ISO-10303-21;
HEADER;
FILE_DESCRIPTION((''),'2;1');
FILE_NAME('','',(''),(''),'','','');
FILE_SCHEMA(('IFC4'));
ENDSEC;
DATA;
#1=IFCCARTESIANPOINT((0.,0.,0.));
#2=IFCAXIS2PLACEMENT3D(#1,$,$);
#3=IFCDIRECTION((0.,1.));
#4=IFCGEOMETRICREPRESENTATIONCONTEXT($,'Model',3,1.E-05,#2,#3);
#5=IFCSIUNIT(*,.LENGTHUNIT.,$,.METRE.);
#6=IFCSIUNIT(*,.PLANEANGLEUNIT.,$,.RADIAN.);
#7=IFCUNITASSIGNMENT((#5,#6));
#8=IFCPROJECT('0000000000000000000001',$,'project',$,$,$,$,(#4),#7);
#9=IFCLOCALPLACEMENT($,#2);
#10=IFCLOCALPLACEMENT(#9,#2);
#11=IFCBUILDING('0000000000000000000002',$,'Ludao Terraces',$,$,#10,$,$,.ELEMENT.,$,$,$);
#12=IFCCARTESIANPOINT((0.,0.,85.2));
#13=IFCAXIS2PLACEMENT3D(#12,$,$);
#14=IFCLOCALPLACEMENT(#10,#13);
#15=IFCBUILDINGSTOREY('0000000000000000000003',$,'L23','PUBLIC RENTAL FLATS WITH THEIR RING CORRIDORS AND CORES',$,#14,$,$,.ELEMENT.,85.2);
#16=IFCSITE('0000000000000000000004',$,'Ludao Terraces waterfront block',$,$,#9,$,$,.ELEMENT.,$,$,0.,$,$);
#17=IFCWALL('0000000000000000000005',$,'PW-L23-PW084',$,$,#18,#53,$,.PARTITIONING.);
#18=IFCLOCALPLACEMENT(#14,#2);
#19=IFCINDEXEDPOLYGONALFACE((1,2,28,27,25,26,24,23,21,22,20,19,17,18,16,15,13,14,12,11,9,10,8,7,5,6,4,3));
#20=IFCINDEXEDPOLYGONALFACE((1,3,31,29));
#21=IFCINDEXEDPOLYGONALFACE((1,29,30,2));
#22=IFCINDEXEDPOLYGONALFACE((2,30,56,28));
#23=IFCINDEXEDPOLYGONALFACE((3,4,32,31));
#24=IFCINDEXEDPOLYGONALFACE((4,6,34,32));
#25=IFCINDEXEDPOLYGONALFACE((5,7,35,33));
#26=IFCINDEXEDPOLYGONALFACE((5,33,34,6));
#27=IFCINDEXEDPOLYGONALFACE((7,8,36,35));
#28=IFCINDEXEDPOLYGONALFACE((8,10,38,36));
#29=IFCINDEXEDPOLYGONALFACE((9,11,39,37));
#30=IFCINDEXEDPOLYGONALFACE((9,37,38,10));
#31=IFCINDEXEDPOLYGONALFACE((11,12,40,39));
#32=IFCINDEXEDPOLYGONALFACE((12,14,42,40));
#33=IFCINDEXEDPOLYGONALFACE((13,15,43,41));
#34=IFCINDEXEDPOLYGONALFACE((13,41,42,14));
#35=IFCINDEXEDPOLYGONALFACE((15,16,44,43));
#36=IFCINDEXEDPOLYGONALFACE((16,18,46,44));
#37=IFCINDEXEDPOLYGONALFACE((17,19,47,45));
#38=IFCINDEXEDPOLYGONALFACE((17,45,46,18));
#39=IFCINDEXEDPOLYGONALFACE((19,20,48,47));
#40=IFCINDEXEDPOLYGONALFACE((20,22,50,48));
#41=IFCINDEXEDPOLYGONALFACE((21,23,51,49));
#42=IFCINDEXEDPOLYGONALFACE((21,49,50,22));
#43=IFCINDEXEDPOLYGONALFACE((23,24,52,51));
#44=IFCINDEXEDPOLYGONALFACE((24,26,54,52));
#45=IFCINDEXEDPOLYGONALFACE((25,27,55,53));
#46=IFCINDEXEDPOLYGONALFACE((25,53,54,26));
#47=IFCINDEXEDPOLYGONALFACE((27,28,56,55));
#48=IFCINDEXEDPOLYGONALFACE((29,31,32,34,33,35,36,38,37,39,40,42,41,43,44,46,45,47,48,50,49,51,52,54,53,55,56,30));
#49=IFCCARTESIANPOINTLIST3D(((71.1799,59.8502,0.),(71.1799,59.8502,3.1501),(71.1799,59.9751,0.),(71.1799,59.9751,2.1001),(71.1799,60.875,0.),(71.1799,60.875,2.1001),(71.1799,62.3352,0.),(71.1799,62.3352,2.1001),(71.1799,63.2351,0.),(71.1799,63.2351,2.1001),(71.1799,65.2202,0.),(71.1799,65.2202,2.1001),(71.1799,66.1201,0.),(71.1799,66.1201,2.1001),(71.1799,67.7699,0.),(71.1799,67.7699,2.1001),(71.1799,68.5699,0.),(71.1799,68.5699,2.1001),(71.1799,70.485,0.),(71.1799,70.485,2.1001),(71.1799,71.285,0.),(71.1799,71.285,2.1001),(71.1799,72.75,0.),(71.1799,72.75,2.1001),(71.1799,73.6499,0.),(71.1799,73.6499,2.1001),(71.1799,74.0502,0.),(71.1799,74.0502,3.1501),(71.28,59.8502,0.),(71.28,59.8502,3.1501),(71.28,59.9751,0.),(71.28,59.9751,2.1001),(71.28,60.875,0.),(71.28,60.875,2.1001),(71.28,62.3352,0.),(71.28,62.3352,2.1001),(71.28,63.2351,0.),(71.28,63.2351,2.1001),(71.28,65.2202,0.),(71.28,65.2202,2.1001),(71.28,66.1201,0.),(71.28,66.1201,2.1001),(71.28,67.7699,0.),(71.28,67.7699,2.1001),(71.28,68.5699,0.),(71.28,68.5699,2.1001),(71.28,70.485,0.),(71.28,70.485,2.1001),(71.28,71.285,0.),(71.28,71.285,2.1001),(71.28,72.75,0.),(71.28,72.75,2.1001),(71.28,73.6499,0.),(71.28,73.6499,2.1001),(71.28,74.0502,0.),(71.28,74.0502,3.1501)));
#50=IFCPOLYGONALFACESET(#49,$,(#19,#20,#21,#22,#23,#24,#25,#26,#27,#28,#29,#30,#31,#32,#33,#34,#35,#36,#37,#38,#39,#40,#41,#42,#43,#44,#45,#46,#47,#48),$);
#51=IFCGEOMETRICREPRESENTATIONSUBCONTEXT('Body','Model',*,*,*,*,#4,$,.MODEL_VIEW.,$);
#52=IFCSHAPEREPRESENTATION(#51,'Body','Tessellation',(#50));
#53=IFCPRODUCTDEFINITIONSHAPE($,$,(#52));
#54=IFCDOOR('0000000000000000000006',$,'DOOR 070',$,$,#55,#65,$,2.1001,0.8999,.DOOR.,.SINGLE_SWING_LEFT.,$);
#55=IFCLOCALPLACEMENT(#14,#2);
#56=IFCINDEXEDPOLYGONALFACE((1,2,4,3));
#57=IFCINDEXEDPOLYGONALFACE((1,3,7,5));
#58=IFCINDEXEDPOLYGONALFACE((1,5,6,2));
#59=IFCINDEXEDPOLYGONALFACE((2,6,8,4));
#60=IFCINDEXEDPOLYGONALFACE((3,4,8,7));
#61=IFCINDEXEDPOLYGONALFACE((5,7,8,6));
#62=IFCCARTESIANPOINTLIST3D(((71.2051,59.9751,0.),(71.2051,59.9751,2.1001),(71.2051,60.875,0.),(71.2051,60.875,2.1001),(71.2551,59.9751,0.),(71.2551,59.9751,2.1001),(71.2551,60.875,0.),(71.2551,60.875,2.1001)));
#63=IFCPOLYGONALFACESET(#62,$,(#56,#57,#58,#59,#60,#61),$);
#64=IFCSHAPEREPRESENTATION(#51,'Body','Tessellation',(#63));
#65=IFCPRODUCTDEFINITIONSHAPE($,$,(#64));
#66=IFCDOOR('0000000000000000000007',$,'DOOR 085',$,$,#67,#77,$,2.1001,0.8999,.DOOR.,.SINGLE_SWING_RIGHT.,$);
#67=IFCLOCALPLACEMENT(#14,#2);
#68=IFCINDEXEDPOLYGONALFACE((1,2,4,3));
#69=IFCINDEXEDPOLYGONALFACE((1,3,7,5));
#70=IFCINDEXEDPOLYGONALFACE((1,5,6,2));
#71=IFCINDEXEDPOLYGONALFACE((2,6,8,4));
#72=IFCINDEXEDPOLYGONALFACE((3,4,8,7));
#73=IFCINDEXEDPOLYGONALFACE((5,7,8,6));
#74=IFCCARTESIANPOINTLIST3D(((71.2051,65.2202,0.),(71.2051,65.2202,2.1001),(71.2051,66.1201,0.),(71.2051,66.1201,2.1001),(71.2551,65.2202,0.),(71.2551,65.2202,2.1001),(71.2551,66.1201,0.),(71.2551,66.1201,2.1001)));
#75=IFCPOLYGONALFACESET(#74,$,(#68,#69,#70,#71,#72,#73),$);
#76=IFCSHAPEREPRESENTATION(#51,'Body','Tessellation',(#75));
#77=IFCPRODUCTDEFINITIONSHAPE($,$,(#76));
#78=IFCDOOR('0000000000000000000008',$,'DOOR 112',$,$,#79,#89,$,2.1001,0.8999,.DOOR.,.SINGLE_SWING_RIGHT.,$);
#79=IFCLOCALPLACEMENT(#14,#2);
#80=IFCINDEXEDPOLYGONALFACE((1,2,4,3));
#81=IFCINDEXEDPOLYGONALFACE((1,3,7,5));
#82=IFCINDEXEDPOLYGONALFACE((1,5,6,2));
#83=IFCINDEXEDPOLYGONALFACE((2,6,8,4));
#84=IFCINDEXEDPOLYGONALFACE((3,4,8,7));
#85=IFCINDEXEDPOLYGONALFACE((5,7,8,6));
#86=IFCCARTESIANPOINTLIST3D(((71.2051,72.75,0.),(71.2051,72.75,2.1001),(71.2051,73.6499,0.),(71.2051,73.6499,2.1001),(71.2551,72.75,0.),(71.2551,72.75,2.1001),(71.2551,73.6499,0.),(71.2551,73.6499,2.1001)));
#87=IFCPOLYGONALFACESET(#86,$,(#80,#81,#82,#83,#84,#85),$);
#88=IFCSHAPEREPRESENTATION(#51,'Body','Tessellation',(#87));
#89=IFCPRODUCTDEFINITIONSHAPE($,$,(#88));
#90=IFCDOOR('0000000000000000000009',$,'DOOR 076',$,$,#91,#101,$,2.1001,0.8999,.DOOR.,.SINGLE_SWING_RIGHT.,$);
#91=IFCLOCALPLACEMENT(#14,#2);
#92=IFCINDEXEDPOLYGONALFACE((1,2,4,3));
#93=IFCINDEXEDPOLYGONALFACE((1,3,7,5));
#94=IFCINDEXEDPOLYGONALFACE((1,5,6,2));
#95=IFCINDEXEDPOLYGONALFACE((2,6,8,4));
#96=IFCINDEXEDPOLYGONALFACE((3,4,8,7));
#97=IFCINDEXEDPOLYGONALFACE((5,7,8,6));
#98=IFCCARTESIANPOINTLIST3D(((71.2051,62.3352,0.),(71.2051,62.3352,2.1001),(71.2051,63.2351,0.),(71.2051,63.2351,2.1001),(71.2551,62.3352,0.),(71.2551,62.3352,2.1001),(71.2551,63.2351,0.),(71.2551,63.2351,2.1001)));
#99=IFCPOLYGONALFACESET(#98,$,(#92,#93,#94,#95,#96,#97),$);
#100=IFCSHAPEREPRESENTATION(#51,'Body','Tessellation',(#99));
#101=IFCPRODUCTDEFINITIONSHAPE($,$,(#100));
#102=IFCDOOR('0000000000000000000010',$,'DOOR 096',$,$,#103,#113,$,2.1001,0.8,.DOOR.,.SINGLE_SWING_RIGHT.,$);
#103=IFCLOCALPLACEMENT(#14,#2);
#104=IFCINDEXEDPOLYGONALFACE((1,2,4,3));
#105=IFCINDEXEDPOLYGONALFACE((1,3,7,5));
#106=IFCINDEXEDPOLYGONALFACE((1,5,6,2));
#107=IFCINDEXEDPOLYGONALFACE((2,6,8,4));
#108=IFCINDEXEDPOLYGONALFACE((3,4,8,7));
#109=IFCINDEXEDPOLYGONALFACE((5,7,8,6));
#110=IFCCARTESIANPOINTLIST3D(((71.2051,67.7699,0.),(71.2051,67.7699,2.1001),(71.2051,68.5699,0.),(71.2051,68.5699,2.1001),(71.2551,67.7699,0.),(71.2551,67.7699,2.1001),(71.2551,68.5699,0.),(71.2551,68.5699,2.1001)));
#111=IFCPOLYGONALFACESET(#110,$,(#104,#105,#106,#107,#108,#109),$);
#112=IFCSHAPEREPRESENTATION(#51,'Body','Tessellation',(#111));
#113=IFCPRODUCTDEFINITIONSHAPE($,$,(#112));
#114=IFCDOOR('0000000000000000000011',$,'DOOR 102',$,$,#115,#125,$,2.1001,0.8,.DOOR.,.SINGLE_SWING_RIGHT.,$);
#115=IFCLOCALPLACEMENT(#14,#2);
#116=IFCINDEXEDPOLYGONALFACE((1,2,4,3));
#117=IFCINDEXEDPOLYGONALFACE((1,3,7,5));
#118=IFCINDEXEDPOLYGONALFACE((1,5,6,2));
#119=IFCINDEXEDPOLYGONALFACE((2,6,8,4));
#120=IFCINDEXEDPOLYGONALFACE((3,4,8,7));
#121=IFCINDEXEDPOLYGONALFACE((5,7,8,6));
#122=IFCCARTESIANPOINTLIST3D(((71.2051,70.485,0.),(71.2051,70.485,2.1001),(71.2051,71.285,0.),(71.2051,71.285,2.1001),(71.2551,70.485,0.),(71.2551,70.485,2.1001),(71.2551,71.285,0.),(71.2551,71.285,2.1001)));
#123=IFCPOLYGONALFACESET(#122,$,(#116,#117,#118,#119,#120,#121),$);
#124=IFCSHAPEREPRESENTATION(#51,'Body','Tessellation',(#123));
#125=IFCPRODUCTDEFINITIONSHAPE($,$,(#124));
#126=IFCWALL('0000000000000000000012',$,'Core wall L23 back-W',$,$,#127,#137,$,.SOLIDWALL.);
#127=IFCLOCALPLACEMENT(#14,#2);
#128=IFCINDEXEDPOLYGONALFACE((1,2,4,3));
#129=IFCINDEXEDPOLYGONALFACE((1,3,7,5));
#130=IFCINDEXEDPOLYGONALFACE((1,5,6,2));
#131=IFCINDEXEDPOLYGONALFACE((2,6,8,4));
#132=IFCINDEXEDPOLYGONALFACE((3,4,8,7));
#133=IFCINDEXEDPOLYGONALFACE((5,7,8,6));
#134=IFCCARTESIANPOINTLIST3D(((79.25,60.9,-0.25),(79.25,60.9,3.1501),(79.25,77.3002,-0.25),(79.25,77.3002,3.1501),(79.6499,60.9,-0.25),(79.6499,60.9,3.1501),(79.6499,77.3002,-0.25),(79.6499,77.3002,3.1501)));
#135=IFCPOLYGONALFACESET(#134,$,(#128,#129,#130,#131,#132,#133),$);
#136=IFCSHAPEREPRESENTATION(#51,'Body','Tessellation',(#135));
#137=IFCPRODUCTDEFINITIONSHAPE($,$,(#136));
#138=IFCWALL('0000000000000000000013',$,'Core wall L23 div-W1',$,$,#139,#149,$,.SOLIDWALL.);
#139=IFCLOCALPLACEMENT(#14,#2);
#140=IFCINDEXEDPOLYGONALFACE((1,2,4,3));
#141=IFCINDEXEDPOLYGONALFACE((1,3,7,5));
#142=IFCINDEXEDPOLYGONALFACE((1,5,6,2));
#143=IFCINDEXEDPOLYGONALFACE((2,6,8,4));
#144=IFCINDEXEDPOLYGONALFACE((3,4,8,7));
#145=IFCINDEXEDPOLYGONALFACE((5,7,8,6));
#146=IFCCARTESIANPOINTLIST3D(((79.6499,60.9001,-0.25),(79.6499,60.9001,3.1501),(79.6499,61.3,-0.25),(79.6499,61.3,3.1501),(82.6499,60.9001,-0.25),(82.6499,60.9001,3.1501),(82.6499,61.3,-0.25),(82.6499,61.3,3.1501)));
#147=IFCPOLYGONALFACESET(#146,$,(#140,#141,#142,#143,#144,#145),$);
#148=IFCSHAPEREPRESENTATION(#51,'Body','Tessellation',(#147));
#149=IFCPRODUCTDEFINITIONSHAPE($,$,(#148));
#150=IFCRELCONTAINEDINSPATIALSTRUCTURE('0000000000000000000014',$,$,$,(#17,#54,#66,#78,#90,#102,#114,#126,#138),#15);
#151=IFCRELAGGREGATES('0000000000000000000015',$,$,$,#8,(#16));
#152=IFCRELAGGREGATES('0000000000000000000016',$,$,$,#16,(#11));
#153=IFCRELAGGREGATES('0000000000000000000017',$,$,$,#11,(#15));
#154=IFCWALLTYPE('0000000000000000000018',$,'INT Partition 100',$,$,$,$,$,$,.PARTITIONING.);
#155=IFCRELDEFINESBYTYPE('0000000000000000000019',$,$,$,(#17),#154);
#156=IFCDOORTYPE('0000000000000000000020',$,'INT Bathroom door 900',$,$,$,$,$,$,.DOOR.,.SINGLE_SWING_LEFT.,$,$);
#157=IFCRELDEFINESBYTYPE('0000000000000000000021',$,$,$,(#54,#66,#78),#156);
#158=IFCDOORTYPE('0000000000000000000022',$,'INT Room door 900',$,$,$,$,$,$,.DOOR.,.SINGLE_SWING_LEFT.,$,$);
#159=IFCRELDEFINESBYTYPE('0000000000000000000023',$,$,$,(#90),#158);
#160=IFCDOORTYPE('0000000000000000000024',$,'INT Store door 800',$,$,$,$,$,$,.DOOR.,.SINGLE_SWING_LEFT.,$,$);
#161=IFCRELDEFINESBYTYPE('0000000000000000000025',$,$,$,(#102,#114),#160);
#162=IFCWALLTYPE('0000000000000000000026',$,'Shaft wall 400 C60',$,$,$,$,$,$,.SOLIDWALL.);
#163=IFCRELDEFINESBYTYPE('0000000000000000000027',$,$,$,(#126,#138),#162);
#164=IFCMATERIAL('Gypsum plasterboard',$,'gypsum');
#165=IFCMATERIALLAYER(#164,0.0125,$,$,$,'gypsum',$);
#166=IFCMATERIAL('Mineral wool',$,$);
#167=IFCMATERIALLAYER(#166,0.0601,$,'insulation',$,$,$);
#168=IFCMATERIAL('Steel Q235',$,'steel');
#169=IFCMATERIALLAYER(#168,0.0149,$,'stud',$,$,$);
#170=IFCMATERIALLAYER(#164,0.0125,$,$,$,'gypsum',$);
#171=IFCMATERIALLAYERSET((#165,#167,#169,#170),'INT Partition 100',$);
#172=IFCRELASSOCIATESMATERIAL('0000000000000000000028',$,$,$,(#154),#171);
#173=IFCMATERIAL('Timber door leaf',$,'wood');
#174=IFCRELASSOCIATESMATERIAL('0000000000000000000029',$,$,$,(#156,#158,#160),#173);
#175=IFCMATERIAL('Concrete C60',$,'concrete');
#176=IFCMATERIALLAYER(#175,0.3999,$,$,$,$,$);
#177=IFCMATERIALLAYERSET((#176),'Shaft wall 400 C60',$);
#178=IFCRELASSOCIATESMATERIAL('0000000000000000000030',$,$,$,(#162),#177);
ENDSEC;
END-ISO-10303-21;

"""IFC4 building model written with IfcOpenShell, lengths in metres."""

from ifc_helpers import new_model, si_unit, direction, frame, frame_2d, origin, place, context, subcontext, project, spatial, rectangle, extrude, material, layer, layer_set, type_object, element, fill, save


model = new_model("IFC4")

# Units and contexts
model_context = context("Model", 3, precision=1e-05, world=origin(), true_north=direction((0.0, 1.0)))
body_context = subcontext(model_context, "Body", "Model", "MODEL_VIEW")
ifc_project = project(units=[si_unit("LENGTHUNIT", "METRE"), si_unit("PLANEANGLEUNIT", "RADIAN")], contexts=[model_context])

# Site, building, storey
site_placement = place(None, origin())
site = spatial("IfcSite", under=ifc_project, at=site_placement, Name="Ludao Terraces waterfront block", CompositionType="ELEMENT", RefElevation=0.0)
building_placement = place(site_placement, origin())
building = spatial("IfcBuilding", under=site, at=building_placement, Name="Ludao Terraces", CompositionType="ELEMENT")
storey_placement = place(building_placement, frame((0.0, 0.0, 85.2)))
storey = spatial("IfcBuildingStorey", under=building, at=storey_placement, Name="L23", Description="PUBLIC RENTAL FLATS WITH THEIR RING CORRIDORS AND CORES", CompositionType="ELEMENT", Elevation=85.2)

# Shared definitions
ifc_material_1 = material(Name="Mineral wool")
ifc_material_2 = material(Name="Steel Q235", Category="steel")

# Shared definitions
ifc_material_3 = material(Name="Gypsum plasterboard", Category="gypsum")
ifc_layer_1 = layer(ifc_material_3, 0.0125, Category="gypsum")
ifc_layer_2 = layer(ifc_material_1, 0.0601, Name="insulation")
ifc_layer_3 = layer(ifc_material_2, 0.0149, Name="stud")
ifc_layer_4 = layer(ifc_material_3, 0.0125, Category="gypsum")
ifc_layer_set_1 = layer_set([ifc_layer_1, ifc_layer_2, ifc_layer_3, ifc_layer_4], Name="INT Partition 100")
wall_type_1 = type_object("IfcWallType", Name="INT Partition 100", PredefinedType="PARTITIONING", material=ifc_layer_set_1)

# Wall, openings, doors
wall_1_placement = place(storey_placement, frame((71.23, 59.8501, 0.0), z_axis=(0.0, 0.0, 1.0), x_axis=(0.0, 1.0, 0.0)))
wall_1 = element("IfcWall", 1, at=wall_1_placement, inside=storey, type_object=wall_type_1, Name="PW-L23-PW084", PredefinedType="PARTITIONING", context=body_context, shape_type="SweptSolid", body=[
    extrude(rectangle(XDim=14.2, YDim=0.1001, at=frame_2d((7.1001, 0.0))), origin(), (0.0, 0.0, 1.0), 3.1501),
])
opening_1_placement = place(wall_1_placement, frame((0.125, 0.0, 0.0)))
opening_1 = element("IfcOpeningElement", 2, at=opening_1_placement, cuts=wall_1, PredefinedType="OPENING", context=body_context, shape_type="SweptSolid", body=[
    extrude(rectangle(XDim=0.8999, YDim=2.1001, at=frame_2d((0.45, 1.05))), frame((0.0, 0.0601, 0.0), z_axis=(0.0, -1.0, 0.0), x_axis=(1.0, 0.0, 0.0)), (0.0, 0.0, 1.0), 0.1201),
])
opening_2_placement = place(wall_1_placement, frame((2.4851, 0.0, 0.0)))
opening_2 = element("IfcOpeningElement", 3, at=opening_2_placement, cuts=wall_1, PredefinedType="OPENING", context=body_context, shape_type="SweptSolid", body=[
    extrude(rectangle(XDim=0.8999, YDim=2.1001, at=frame_2d((0.45, 1.05))), frame((0.0, 0.0601, 0.0), z_axis=(0.0, -1.0, 0.0), x_axis=(1.0, 0.0, 0.0)), (0.0, 0.0, 1.0), 0.1201),
])
opening_3_placement = place(wall_1_placement, frame((5.3701, 0.0, 0.0)))
opening_3 = element("IfcOpeningElement", 4, at=opening_3_placement, cuts=wall_1, PredefinedType="OPENING", context=body_context, shape_type="SweptSolid", body=[
    extrude(rectangle(XDim=0.8999, YDim=2.1001, at=frame_2d((0.45, 1.05))), frame((0.0, 0.0601, 0.0), z_axis=(0.0, -1.0, 0.0), x_axis=(1.0, 0.0, 0.0)), (0.0, 0.0, 1.0), 0.1201),
])
opening_4_placement = place(wall_1_placement, frame((7.9199, 0.0, 0.0)))
opening_4 = element("IfcOpeningElement", 5, at=opening_4_placement, cuts=wall_1, PredefinedType="OPENING", context=body_context, shape_type="SweptSolid", body=[
    extrude(rectangle(XDim=0.8, YDim=2.1001, at=frame_2d((0.3999, 1.05))), frame((0.0, 0.0601, 0.0), z_axis=(0.0, -1.0, 0.0), x_axis=(1.0, 0.0, 0.0)), (0.0, 0.0, 1.0), 0.1201),
])
opening_5_placement = place(wall_1_placement, frame((10.635, 0.0, 0.0)))
opening_5 = element("IfcOpeningElement", 6, at=opening_5_placement, cuts=wall_1, PredefinedType="OPENING", context=body_context, shape_type="SweptSolid", body=[
    extrude(rectangle(XDim=0.8, YDim=2.1001, at=frame_2d((0.3999, 1.05))), frame((0.0, 0.0601, 0.0), z_axis=(0.0, -1.0, 0.0), x_axis=(1.0, 0.0, 0.0)), (0.0, 0.0, 1.0), 0.1201),
])
opening_6_placement = place(wall_1_placement, frame((12.8999, 0.0, 0.0)))
opening_6 = element("IfcOpeningElement", 7, at=opening_6_placement, cuts=wall_1, PredefinedType="OPENING", context=body_context, shape_type="SweptSolid", body=[
    extrude(rectangle(XDim=0.8999, YDim=2.1001, at=frame_2d((0.45, 1.05))), frame((0.0, 0.0601, 0.0), z_axis=(0.0, -1.0, 0.0), x_axis=(1.0, 0.0, 0.0)), (0.0, 0.0, 1.0), 0.1201),
])
ifc_material_4 = material(Name="Timber door leaf", Category="wood")
door_type_1 = type_object("IfcDoorType", Name="INT Bathroom door 900", OperationType="SINGLE_SWING_LEFT", PredefinedType="DOOR", material=ifc_material_4)
door_1_placement = place(opening_1_placement, origin())
door_1 = element("IfcDoor", 8, at=door_1_placement, inside=storey, type_object=door_type_1, Name="DOOR 070", OperationType="SINGLE_SWING_LEFT", OverallHeight=2.1001, OverallWidth=0.8999, PredefinedType="DOOR", context=body_context, shape_type="SweptSolid", body=[
    extrude(rectangle(XDim=0.8999, YDim=2.1001, at=frame_2d((0.45, 1.05))), frame((0.0, 0.0249, 0.0), z_axis=(0.0, -1.0, 0.0), x_axis=(1.0, 0.0, 0.0)), (0.0, 0.0, 1.0), 0.05),
])
fill(opening_1, door_1)
door_2_placement = place(opening_3_placement, origin())
door_2 = element("IfcDoor", 9, at=door_2_placement, inside=storey, type_object=door_type_1, Name="DOOR 085", OperationType="SINGLE_SWING_RIGHT", OverallHeight=2.1001, OverallWidth=0.8999, PredefinedType="DOOR", context=body_context, shape_type="SweptSolid", body=[
    extrude(rectangle(XDim=0.8999, YDim=2.1001, at=frame_2d((0.45, 1.05))), frame((0.0, 0.0249, 0.0), z_axis=(0.0, -1.0, 0.0), x_axis=(1.0, 0.0, 0.0)), (0.0, 0.0, 1.0), 0.05),
])
fill(opening_3, door_2)
door_3_placement = place(opening_6_placement, origin())
door_3 = element("IfcDoor", 10, at=door_3_placement, inside=storey, type_object=door_type_1, Name="DOOR 112", OperationType="SINGLE_SWING_RIGHT", OverallHeight=2.1001, OverallWidth=0.8999, PredefinedType="DOOR", context=body_context, shape_type="SweptSolid", body=[
    extrude(rectangle(XDim=0.8999, YDim=2.1001, at=frame_2d((0.45, 1.05))), frame((0.0, 0.0249, 0.0), z_axis=(0.0, -1.0, 0.0), x_axis=(1.0, 0.0, 0.0)), (0.0, 0.0, 1.0), 0.05),
])
fill(opening_6, door_3)
door_type_2 = type_object("IfcDoorType", Name="INT Room door 900", OperationType="SINGLE_SWING_LEFT", PredefinedType="DOOR", material=ifc_material_4)
door_4_placement = place(opening_2_placement, origin())
door_4 = element("IfcDoor", 11, at=door_4_placement, inside=storey, type_object=door_type_2, Name="DOOR 076", OperationType="SINGLE_SWING_RIGHT", OverallHeight=2.1001, OverallWidth=0.8999, PredefinedType="DOOR", context=body_context, shape_type="SweptSolid", body=[
    extrude(rectangle(XDim=0.8999, YDim=2.1001, at=frame_2d((0.45, 1.05))), frame((0.0, 0.0249, 0.0), z_axis=(0.0, -1.0, 0.0), x_axis=(1.0, 0.0, 0.0)), (0.0, 0.0, 1.0), 0.05),
])
fill(opening_2, door_4)
door_type_3 = type_object("IfcDoorType", Name="INT Store door 800", OperationType="SINGLE_SWING_LEFT", PredefinedType="DOOR", material=ifc_material_4)
door_5_placement = place(opening_4_placement, origin())
door_5 = element("IfcDoor", 12, at=door_5_placement, inside=storey, type_object=door_type_3, Name="DOOR 096", OperationType="SINGLE_SWING_RIGHT", OverallHeight=2.1001, OverallWidth=0.8, PredefinedType="DOOR", context=body_context, shape_type="SweptSolid", body=[
    extrude(rectangle(XDim=0.8, YDim=2.1001, at=frame_2d((0.3999, 1.05))), frame((0.0, 0.0249, 0.0), z_axis=(0.0, -1.0, 0.0), x_axis=(1.0, 0.0, 0.0)), (0.0, 0.0, 1.0), 0.05),
])
fill(opening_4, door_5)
door_6_placement = place(opening_5_placement, origin())
door_6 = element("IfcDoor", 13, at=door_6_placement, inside=storey, type_object=door_type_3, Name="DOOR 102", OperationType="SINGLE_SWING_RIGHT", OverallHeight=2.1001, OverallWidth=0.8, PredefinedType="DOOR", context=body_context, shape_type="SweptSolid", body=[
    extrude(rectangle(XDim=0.8, YDim=2.1001, at=frame_2d((0.3999, 1.05))), frame((0.0, 0.0249, 0.0), z_axis=(0.0, -1.0, 0.0), x_axis=(1.0, 0.0, 0.0)), (0.0, 0.0, 1.0), 0.05),
])
fill(opening_5, door_6)

# Walls
ifc_material_5 = material(Name="Concrete C60", Category="concrete")
ifc_layer_5 = layer(ifc_material_5, 0.3999)
ifc_layer_set_2 = layer_set([ifc_layer_5], Name="Shaft wall 400 C60")
wall_type_2 = type_object("IfcWallType", Name="Shaft wall 400 C60", PredefinedType="SOLIDWALL", material=ifc_layer_set_2)
wall_2_placement = place(storey_placement, frame((79.45, 60.8999, -0.25), z_axis=(0.0, 0.0, 1.0), x_axis=(0.0, 1.0, 0.0)))
element("IfcWall", 14, at=wall_2_placement, inside=storey, type_object=wall_type_2, Name="Core wall L23 back-W", PredefinedType="SOLIDWALL", context=body_context, shape_type="SweptSolid", body=[
    extrude(rectangle(XDim=16.4001, YDim=0.3999, at=frame_2d((8.2002, 0.0))), origin(), (0.0, 0.0, 1.0), 3.4001),
])
wall_3_placement = place(storey_placement, frame((79.6499, 61.1001, -0.25), z_axis=(0.0, 0.0, 1.0), x_axis=(1.0, 0.0, 0.0)))
element("IfcWall", 15, at=wall_3_placement, inside=storey, type_object=wall_type_2, Name="Core wall L23 div-W1", PredefinedType="SOLIDWALL", context=body_context, shape_type="SweptSolid", body=[
    extrude(rectangle(XDim=3.0, YDim=0.3999, at=frame_2d((1.5, 0.0))), origin(), (0.0, 0.0, 1.0), 3.4001),
])

save(model, "model.ifc")
